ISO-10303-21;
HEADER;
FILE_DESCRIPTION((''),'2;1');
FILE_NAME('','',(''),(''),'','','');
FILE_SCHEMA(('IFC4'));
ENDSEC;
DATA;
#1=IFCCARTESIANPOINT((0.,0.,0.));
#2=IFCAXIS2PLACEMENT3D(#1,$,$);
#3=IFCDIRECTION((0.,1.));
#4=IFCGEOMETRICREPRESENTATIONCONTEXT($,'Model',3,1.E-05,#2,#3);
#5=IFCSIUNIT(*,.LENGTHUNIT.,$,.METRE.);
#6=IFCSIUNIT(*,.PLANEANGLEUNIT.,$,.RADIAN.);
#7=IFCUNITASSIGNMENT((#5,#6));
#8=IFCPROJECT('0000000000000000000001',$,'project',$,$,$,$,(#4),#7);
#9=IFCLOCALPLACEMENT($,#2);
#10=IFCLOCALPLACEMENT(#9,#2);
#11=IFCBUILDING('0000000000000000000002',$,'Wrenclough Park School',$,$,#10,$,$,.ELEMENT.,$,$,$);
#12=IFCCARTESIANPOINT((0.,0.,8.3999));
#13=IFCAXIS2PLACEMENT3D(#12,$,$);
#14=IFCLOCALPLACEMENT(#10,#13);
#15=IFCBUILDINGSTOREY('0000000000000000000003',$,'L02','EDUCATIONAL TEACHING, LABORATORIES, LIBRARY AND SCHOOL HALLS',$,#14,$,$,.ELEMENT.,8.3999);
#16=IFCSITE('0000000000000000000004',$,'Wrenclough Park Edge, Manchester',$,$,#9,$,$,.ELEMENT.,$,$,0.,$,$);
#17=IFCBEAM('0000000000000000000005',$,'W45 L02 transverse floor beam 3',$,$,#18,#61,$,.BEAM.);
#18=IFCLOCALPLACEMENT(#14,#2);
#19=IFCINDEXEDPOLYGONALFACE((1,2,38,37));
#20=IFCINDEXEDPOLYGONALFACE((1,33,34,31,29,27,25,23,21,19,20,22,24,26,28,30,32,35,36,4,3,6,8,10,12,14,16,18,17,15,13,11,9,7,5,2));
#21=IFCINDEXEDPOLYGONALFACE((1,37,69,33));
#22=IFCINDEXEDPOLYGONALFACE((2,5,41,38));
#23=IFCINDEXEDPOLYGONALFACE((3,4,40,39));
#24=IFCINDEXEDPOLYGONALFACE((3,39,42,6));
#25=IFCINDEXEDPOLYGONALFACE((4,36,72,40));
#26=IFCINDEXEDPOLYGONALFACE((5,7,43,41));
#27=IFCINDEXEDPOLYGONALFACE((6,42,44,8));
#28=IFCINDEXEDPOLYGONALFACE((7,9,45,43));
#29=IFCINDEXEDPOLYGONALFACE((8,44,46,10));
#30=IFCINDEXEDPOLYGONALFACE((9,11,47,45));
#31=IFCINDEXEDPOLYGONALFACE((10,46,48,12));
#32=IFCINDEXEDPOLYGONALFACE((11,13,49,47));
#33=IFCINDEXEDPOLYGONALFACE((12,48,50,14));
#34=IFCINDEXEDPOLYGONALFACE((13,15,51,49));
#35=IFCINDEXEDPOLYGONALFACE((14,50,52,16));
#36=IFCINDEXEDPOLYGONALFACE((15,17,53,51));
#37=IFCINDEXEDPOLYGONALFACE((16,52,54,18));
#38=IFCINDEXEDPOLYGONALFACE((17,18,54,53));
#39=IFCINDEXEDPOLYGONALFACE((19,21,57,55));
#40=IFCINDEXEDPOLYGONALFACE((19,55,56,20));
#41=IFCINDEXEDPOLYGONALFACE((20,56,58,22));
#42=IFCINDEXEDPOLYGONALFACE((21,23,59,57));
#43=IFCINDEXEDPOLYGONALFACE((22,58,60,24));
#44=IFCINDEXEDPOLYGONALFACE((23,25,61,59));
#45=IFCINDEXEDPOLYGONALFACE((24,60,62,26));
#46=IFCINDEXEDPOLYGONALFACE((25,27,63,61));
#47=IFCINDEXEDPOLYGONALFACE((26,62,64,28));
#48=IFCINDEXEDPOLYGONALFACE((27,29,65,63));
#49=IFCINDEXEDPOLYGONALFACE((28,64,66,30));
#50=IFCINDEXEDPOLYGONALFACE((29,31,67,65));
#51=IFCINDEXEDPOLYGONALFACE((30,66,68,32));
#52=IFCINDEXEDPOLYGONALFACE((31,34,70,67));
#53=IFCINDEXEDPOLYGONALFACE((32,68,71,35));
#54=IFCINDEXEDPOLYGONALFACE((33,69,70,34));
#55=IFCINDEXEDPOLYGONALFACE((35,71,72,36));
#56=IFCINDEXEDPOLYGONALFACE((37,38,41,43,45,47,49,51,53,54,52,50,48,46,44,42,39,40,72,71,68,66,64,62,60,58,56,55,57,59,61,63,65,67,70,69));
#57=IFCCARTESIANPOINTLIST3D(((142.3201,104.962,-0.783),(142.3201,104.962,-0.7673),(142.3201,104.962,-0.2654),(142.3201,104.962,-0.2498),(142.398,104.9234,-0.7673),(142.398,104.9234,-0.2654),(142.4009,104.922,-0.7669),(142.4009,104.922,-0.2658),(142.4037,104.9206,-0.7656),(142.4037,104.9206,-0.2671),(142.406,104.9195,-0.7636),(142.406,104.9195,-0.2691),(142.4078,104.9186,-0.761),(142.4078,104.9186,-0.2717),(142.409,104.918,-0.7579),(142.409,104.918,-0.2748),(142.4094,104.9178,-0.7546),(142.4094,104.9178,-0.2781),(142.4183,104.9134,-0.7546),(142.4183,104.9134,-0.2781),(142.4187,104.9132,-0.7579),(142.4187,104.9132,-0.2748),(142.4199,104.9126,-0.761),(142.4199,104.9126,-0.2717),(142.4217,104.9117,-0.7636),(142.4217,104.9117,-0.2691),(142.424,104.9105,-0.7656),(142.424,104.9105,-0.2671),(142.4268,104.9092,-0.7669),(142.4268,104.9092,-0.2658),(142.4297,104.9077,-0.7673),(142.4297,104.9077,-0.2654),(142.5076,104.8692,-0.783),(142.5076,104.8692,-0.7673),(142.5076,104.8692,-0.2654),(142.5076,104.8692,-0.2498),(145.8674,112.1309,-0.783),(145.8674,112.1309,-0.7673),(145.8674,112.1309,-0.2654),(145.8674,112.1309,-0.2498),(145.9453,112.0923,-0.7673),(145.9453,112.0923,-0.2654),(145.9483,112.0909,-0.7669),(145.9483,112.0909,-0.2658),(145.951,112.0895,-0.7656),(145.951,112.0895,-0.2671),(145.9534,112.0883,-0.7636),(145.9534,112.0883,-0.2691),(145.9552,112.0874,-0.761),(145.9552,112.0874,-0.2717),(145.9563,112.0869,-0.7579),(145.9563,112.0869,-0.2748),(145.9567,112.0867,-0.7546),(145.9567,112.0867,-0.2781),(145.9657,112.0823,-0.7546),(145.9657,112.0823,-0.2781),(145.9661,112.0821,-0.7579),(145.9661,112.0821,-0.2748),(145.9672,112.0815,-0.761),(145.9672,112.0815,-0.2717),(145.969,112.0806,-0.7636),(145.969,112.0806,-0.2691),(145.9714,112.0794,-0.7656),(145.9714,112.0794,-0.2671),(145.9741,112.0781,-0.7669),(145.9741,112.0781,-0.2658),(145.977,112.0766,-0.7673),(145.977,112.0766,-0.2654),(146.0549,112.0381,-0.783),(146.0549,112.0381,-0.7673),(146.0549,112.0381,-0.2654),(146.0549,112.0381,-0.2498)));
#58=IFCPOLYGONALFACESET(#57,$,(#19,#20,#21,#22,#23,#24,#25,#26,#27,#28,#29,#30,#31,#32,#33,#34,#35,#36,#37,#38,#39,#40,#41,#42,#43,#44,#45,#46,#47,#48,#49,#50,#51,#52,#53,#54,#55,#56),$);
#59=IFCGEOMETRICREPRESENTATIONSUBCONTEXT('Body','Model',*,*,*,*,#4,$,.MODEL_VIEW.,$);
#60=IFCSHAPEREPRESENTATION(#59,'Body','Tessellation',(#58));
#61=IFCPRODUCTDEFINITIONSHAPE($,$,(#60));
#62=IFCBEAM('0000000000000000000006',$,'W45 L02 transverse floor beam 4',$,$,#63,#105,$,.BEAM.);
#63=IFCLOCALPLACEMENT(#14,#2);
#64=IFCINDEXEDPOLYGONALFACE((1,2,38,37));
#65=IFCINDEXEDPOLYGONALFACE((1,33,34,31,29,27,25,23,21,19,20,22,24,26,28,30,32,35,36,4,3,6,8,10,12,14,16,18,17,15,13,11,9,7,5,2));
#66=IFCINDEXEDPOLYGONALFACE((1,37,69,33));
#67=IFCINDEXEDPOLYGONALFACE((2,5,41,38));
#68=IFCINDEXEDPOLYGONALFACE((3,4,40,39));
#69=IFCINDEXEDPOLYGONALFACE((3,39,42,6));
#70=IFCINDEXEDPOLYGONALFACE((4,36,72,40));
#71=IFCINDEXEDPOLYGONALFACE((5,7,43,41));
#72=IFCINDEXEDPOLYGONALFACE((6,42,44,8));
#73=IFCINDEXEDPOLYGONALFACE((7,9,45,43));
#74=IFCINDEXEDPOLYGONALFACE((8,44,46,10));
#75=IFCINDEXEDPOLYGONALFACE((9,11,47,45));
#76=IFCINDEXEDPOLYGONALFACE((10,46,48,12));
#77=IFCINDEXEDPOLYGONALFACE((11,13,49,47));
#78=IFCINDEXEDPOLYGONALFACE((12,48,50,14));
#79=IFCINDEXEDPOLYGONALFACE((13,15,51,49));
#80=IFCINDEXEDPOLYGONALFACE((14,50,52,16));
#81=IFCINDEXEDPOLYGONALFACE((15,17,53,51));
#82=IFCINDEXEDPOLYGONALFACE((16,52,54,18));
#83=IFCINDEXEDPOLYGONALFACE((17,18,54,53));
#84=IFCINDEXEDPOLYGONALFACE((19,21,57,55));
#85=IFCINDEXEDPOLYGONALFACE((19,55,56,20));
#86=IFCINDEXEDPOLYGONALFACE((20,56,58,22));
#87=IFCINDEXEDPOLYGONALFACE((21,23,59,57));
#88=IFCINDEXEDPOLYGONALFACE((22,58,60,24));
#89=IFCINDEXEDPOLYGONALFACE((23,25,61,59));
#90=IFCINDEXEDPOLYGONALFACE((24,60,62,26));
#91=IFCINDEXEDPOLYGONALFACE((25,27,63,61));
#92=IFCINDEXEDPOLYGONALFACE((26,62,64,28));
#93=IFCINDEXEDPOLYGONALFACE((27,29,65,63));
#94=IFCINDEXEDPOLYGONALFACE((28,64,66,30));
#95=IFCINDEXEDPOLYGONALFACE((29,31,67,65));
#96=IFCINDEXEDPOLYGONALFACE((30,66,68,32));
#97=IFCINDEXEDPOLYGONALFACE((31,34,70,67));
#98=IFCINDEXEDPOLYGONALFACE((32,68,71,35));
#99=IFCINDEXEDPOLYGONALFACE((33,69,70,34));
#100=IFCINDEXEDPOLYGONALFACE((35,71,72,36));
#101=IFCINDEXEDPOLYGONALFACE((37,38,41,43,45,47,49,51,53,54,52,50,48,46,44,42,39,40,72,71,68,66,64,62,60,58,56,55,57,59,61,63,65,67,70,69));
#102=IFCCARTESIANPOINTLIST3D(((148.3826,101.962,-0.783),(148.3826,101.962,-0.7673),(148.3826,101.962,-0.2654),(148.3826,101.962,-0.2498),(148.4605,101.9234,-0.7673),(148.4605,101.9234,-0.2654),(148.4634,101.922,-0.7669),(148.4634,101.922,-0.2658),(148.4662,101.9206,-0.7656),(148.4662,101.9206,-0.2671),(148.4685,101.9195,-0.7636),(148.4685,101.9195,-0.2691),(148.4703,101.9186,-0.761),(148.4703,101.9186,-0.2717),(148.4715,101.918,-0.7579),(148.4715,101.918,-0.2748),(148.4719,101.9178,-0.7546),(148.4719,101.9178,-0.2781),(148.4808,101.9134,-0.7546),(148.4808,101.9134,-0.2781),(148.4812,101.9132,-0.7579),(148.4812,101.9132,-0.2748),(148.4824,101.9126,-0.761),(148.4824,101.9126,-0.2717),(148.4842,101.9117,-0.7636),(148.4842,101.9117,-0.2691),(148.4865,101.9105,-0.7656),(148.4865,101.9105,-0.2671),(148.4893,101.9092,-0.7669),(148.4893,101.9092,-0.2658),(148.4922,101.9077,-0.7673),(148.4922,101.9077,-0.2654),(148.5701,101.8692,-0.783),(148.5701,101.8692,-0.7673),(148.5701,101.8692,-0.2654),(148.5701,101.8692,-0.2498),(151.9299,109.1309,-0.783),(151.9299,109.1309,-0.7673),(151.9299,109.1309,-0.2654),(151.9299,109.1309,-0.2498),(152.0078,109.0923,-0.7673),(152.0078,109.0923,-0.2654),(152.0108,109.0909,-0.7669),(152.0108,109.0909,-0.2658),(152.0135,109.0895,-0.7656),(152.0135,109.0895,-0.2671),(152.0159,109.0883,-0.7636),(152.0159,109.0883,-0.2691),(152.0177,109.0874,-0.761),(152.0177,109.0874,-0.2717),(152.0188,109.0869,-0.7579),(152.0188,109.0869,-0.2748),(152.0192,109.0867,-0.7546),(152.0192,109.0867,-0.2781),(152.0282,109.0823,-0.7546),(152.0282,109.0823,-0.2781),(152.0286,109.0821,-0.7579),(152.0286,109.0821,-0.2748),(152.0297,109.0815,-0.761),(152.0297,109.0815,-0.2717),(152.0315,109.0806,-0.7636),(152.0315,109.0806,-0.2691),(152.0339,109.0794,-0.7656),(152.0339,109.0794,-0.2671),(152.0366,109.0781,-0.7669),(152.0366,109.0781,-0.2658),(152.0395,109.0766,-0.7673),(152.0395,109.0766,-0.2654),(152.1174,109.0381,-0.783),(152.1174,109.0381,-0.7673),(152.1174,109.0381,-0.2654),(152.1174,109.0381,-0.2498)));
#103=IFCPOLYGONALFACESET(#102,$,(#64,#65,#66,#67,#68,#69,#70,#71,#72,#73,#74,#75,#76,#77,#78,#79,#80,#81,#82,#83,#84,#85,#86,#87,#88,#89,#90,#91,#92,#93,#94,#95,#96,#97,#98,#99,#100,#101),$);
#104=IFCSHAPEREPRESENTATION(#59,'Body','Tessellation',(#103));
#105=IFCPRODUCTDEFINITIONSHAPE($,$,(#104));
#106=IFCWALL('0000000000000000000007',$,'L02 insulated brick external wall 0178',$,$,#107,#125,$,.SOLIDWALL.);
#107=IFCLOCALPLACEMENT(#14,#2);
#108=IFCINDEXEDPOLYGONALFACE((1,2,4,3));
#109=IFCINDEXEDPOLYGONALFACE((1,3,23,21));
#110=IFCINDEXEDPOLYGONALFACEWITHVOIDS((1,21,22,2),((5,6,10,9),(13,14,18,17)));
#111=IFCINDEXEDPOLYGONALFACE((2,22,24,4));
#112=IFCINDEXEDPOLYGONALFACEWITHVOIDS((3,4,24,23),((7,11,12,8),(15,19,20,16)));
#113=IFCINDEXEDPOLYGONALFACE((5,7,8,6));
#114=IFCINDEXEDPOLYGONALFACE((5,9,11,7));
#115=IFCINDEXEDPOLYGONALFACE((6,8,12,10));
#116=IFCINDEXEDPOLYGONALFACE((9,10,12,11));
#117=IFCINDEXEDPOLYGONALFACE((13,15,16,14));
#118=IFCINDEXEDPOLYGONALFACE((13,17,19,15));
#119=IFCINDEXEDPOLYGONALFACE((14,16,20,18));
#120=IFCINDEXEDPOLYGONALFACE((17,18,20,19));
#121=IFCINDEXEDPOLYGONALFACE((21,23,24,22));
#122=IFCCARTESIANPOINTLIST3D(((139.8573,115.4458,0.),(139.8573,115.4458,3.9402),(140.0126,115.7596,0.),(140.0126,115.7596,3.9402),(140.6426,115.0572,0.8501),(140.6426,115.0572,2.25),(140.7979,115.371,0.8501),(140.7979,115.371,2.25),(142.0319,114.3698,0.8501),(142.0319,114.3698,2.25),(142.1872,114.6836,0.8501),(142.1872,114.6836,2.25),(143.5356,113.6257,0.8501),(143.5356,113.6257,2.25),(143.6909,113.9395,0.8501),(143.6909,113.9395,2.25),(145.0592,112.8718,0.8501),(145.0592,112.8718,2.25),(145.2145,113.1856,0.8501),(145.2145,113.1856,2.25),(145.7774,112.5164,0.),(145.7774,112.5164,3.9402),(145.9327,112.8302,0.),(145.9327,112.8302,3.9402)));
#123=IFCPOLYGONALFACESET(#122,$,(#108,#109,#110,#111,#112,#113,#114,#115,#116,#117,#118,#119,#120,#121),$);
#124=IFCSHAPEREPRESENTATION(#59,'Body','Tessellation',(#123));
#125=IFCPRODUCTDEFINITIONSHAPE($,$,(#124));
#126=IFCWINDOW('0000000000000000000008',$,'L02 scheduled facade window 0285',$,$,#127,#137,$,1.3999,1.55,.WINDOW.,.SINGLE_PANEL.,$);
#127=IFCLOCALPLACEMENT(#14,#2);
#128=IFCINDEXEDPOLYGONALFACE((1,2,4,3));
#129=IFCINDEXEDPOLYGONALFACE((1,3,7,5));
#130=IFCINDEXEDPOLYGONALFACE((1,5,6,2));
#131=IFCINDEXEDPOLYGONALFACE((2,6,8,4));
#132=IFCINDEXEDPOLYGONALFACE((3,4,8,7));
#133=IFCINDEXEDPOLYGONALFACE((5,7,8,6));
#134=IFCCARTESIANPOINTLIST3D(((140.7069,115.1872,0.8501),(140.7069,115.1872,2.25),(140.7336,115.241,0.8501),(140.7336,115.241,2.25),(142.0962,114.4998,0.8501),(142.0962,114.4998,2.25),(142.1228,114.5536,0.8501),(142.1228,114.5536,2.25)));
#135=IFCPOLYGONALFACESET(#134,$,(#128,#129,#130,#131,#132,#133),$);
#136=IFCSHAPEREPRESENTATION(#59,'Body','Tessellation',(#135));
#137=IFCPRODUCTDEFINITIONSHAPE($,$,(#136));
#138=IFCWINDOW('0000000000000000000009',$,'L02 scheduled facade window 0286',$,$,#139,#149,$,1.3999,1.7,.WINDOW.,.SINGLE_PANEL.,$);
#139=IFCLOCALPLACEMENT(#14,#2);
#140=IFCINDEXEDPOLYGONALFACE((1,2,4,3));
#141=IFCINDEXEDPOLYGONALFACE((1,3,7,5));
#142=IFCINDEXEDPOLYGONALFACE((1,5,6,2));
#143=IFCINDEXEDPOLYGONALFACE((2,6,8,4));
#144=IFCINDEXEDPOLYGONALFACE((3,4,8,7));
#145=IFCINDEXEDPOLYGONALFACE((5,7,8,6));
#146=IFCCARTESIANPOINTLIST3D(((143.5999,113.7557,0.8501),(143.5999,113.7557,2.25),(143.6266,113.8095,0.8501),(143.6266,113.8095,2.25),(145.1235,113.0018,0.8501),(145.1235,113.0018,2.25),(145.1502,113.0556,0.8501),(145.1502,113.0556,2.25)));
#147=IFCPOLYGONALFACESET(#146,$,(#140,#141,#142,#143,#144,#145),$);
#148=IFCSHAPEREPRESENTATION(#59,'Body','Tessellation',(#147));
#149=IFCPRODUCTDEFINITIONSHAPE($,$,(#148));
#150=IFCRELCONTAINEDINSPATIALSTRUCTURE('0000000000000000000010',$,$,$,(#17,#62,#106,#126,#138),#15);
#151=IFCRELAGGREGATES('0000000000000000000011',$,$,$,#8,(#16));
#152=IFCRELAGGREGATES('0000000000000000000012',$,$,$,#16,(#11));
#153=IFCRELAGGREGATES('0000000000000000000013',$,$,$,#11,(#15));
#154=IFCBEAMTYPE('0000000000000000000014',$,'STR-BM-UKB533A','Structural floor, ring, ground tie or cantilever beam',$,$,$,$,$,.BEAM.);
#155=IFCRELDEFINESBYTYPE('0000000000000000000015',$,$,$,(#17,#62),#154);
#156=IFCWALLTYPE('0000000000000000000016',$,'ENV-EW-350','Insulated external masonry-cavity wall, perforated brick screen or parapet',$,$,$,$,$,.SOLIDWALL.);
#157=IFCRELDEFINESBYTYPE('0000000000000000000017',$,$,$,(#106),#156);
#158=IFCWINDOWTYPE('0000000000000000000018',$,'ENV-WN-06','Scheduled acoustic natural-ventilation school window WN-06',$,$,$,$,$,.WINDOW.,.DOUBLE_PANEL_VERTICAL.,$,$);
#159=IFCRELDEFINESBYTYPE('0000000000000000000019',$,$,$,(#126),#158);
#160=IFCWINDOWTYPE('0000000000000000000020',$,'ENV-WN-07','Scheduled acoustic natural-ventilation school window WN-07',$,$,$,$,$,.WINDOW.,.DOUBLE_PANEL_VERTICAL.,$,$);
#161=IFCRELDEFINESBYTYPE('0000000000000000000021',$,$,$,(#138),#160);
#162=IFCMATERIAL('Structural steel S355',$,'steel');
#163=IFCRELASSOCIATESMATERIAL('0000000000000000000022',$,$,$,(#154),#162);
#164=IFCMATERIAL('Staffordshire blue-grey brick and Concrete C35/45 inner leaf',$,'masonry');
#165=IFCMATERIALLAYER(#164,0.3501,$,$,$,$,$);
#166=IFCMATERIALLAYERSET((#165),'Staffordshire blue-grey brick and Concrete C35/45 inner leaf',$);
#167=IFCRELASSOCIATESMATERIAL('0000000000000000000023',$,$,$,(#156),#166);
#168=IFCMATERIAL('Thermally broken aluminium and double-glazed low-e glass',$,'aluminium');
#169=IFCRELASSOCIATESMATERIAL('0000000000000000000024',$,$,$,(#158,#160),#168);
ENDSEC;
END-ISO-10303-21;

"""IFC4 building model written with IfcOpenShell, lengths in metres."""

from ifc_helpers import new_model, si_unit, direction, frame, frame_2d, origin, origin_2d, place, context, subcontext, project, spatial, rectangle, i_section, extrude, material, layer, layer_set, material_profile, profile_set, type_object, element, fill, save


model = new_model("IFC4")

# Units and contexts
model_context = context("Model", 3, precision=1e-05, world=origin(), true_north=direction((0.0, 1.0)))
body_context = subcontext(model_context, "Body", "Model", "MODEL_VIEW")
ifc_project = project(units=[si_unit("LENGTHUNIT", "METRE"), si_unit("PLANEANGLEUNIT", "RADIAN")], contexts=[model_context])

# Site, building, storey
site_placement = place(None, origin())
site = spatial("IfcSite", under=ifc_project, at=site_placement, Name="Wrenclough Park Edge, Manchester", CompositionType="ELEMENT", RefElevation=0.0)
building_placement = place(site_placement, origin())
building = spatial("IfcBuilding", under=site, at=building_placement, Name="Wrenclough Park School", CompositionType="ELEMENT")
storey_placement = place(building_placement, frame((0.0, 0.0, 8.3999)))
storey = spatial("IfcBuildingStorey", under=building, at=storey_placement, Name="L02", Description="EDUCATIONAL TEACHING, LABORATORIES, LIBRARY AND SCHOOL HALLS", CompositionType="ELEMENT", Elevation=8.3999)

# Shared definitions
ifc_material_1 = material(Name="Structural steel S355", Category="steel")

# Beams
ifc_material_profile_1 = material_profile(ifc_material_1, i_section(OverallWidth=0.2092, OverallDepth=0.5332, WebThickness=0.01, FlangeThickness=0.0156, FilletRadius=0.0127, at=origin_2d()), Name="UKB 533x210x92")
ifc_profile_set_1 = profile_set([ifc_material_profile_1], Name="Structural steel S355")
beam_type_1 = type_object("IfcBeamType", Name="STR-BM-UKB533A", Description="Structural floor, ring, ground tie or cantilever beam", PredefinedType="BEAM", material=ifc_profile_set_1)
for number, where, z_axis, x_axis, name in (
    (1, (145.9612, 112.0845, -0.5164), (-0.443498, -0.896275, 0.0), (0.896275, -0.443498, 0.0), "W45 L02 transverse floor beam 3"),
    (2, (152.0237, 109.0845, -0.5164), (-0.443498, -0.896275, 0.0), (0.896275, -0.443498, 0.0), "W45 L02 transverse floor beam 4"),
):
    element("IfcBeam", number, at=place(storey_placement, frame(where, z_axis=z_axis, x_axis=x_axis)), inside=storey, type_object=beam_type_1, Name=name, PredefinedType="BEAM", context=body_context, shape_type="SweptSolid", body=[
        extrude(i_section(OverallWidth=0.2092, OverallDepth=0.5332, WebThickness=0.01, FlangeThickness=0.0156, FilletRadius=0.0127, at=origin_2d()), origin(), (0.0, 0.0, 1.0), 7.9985),
    ])

# Wall, openings, windows
ifc_material_2 = material(Name="Staffordshire blue-grey brick and Concrete C35/45 inner leaf", Category="masonry")
ifc_layer_1 = layer(ifc_material_2, 0.3501)
ifc_layer_set_1 = layer_set([ifc_layer_1], Name="Staffordshire blue-grey brick and Concrete C35/45 inner leaf")
wall_type_1 = type_object("IfcWallType", Name="ENV-EW-350", Description="Insulated external masonry-cavity wall, perforated brick screen or parapet", PredefinedType="SOLIDWALL", material=ifc_layer_set_1)
wall_1_placement = place(storey_placement, frame((139.9348, 115.6028, 0.0), z_axis=(0.0, 0.0, 1.0), x_axis=(0.896275, -0.443499, 0.0)))
wall_1 = element("IfcWall", 3, at=wall_1_placement, inside=storey, type_object=wall_type_1, Name="L02 insulated brick external wall 0178", PredefinedType="SOLIDWALL", context=body_context, shape_type="SweptSolid", body=[
    extrude(rectangle(XDim=6.6052, YDim=0.3501, at=frame_2d((3.3027, 0.0))), origin(), (0.0, 0.0, 1.0), 3.9402),
])
opening_1_placement = place(wall_1_placement, frame((0.8765, 0.0, 0.8501)))
opening_1 = element("IfcOpeningElement", 4, at=opening_1_placement, cuts=wall_1, PredefinedType="OPENING", context=body_context, shape_type="SweptSolid", body=[
    extrude(rectangle(XDim=1.55, YDim=1.3999, at=frame_2d((0.7749, 0.7))), frame((0.0, 0.1851, 0.0), z_axis=(0.0, -1.0, 0.0), x_axis=(1.0, 0.0, 0.0)), (0.0, 0.0, 1.0), 0.3701),
])
opening_2_placement = place(wall_1_placement, frame((4.104, 0.0, 0.8501)))
opening_2 = element("IfcOpeningElement", 5, at=opening_2_placement, cuts=wall_1, PredefinedType="OPENING", context=body_context, shape_type="SweptSolid", body=[
    extrude(rectangle(XDim=1.7, YDim=1.3999, at=frame_2d((0.8501, 0.7))), frame((0.0, 0.1851, 0.0), z_axis=(0.0, -1.0, 0.0), x_axis=(1.0, 0.0, 0.0)), (0.0, 0.0, 1.0), 0.3701),
])
ifc_material_3 = material(Name="Thermally broken aluminium and double-glazed low-e glass", Category="aluminium")
window_type_1 = type_object("IfcWindowType", Name="ENV-WN-06", Description="Scheduled acoustic natural-ventilation school window WN-06", PartitioningType="DOUBLE_PANEL_VERTICAL", PredefinedType="WINDOW", material=ifc_material_3)
window_1_placement = place(opening_1_placement, origin())
window_1 = element("IfcWindow", 6, at=window_1_placement, inside=storey, type_object=window_type_1, Name="L02 scheduled facade window 0285", OverallHeight=1.3999, OverallWidth=1.55, PartitioningType="SINGLE_PANEL", PredefinedType="WINDOW", context=body_context, shape_type="SweptSolid", body=[
    extrude(rectangle(XDim=1.55, YDim=1.3999, at=frame_2d((0.7749, 0.7))), frame((0.0, 0.03, 0.0), z_axis=(0.0, -1.0, 0.0), x_axis=(1.0, 0.0, 0.0)), (0.0, 0.0, 1.0), 0.0601),
])
fill(opening_1, window_1)
window_type_2 = type_object("IfcWindowType", Name="ENV-WN-07", Description="Scheduled acoustic natural-ventilation school window WN-07", PartitioningType="DOUBLE_PANEL_VERTICAL", PredefinedType="WINDOW", material=ifc_material_3)
window_2_placement = place(opening_2_placement, origin())
window_2 = element("IfcWindow", 7, at=window_2_placement, inside=storey, type_object=window_type_2, Name="L02 scheduled facade window 0286", OverallHeight=1.3999, OverallWidth=1.7, PartitioningType="SINGLE_PANEL", PredefinedType="WINDOW", context=body_context, shape_type="SweptSolid", body=[
    extrude(rectangle(XDim=1.7, YDim=1.3999, at=frame_2d((0.8501, 0.7))), frame((0.0, 0.03, 0.0), z_axis=(0.0, -1.0, 0.0), x_axis=(1.0, 0.0, 0.0)), (0.0, 0.0, 1.0), 0.0601),
])
fill(opening_2, window_2)

save(model, "model.ifc")
